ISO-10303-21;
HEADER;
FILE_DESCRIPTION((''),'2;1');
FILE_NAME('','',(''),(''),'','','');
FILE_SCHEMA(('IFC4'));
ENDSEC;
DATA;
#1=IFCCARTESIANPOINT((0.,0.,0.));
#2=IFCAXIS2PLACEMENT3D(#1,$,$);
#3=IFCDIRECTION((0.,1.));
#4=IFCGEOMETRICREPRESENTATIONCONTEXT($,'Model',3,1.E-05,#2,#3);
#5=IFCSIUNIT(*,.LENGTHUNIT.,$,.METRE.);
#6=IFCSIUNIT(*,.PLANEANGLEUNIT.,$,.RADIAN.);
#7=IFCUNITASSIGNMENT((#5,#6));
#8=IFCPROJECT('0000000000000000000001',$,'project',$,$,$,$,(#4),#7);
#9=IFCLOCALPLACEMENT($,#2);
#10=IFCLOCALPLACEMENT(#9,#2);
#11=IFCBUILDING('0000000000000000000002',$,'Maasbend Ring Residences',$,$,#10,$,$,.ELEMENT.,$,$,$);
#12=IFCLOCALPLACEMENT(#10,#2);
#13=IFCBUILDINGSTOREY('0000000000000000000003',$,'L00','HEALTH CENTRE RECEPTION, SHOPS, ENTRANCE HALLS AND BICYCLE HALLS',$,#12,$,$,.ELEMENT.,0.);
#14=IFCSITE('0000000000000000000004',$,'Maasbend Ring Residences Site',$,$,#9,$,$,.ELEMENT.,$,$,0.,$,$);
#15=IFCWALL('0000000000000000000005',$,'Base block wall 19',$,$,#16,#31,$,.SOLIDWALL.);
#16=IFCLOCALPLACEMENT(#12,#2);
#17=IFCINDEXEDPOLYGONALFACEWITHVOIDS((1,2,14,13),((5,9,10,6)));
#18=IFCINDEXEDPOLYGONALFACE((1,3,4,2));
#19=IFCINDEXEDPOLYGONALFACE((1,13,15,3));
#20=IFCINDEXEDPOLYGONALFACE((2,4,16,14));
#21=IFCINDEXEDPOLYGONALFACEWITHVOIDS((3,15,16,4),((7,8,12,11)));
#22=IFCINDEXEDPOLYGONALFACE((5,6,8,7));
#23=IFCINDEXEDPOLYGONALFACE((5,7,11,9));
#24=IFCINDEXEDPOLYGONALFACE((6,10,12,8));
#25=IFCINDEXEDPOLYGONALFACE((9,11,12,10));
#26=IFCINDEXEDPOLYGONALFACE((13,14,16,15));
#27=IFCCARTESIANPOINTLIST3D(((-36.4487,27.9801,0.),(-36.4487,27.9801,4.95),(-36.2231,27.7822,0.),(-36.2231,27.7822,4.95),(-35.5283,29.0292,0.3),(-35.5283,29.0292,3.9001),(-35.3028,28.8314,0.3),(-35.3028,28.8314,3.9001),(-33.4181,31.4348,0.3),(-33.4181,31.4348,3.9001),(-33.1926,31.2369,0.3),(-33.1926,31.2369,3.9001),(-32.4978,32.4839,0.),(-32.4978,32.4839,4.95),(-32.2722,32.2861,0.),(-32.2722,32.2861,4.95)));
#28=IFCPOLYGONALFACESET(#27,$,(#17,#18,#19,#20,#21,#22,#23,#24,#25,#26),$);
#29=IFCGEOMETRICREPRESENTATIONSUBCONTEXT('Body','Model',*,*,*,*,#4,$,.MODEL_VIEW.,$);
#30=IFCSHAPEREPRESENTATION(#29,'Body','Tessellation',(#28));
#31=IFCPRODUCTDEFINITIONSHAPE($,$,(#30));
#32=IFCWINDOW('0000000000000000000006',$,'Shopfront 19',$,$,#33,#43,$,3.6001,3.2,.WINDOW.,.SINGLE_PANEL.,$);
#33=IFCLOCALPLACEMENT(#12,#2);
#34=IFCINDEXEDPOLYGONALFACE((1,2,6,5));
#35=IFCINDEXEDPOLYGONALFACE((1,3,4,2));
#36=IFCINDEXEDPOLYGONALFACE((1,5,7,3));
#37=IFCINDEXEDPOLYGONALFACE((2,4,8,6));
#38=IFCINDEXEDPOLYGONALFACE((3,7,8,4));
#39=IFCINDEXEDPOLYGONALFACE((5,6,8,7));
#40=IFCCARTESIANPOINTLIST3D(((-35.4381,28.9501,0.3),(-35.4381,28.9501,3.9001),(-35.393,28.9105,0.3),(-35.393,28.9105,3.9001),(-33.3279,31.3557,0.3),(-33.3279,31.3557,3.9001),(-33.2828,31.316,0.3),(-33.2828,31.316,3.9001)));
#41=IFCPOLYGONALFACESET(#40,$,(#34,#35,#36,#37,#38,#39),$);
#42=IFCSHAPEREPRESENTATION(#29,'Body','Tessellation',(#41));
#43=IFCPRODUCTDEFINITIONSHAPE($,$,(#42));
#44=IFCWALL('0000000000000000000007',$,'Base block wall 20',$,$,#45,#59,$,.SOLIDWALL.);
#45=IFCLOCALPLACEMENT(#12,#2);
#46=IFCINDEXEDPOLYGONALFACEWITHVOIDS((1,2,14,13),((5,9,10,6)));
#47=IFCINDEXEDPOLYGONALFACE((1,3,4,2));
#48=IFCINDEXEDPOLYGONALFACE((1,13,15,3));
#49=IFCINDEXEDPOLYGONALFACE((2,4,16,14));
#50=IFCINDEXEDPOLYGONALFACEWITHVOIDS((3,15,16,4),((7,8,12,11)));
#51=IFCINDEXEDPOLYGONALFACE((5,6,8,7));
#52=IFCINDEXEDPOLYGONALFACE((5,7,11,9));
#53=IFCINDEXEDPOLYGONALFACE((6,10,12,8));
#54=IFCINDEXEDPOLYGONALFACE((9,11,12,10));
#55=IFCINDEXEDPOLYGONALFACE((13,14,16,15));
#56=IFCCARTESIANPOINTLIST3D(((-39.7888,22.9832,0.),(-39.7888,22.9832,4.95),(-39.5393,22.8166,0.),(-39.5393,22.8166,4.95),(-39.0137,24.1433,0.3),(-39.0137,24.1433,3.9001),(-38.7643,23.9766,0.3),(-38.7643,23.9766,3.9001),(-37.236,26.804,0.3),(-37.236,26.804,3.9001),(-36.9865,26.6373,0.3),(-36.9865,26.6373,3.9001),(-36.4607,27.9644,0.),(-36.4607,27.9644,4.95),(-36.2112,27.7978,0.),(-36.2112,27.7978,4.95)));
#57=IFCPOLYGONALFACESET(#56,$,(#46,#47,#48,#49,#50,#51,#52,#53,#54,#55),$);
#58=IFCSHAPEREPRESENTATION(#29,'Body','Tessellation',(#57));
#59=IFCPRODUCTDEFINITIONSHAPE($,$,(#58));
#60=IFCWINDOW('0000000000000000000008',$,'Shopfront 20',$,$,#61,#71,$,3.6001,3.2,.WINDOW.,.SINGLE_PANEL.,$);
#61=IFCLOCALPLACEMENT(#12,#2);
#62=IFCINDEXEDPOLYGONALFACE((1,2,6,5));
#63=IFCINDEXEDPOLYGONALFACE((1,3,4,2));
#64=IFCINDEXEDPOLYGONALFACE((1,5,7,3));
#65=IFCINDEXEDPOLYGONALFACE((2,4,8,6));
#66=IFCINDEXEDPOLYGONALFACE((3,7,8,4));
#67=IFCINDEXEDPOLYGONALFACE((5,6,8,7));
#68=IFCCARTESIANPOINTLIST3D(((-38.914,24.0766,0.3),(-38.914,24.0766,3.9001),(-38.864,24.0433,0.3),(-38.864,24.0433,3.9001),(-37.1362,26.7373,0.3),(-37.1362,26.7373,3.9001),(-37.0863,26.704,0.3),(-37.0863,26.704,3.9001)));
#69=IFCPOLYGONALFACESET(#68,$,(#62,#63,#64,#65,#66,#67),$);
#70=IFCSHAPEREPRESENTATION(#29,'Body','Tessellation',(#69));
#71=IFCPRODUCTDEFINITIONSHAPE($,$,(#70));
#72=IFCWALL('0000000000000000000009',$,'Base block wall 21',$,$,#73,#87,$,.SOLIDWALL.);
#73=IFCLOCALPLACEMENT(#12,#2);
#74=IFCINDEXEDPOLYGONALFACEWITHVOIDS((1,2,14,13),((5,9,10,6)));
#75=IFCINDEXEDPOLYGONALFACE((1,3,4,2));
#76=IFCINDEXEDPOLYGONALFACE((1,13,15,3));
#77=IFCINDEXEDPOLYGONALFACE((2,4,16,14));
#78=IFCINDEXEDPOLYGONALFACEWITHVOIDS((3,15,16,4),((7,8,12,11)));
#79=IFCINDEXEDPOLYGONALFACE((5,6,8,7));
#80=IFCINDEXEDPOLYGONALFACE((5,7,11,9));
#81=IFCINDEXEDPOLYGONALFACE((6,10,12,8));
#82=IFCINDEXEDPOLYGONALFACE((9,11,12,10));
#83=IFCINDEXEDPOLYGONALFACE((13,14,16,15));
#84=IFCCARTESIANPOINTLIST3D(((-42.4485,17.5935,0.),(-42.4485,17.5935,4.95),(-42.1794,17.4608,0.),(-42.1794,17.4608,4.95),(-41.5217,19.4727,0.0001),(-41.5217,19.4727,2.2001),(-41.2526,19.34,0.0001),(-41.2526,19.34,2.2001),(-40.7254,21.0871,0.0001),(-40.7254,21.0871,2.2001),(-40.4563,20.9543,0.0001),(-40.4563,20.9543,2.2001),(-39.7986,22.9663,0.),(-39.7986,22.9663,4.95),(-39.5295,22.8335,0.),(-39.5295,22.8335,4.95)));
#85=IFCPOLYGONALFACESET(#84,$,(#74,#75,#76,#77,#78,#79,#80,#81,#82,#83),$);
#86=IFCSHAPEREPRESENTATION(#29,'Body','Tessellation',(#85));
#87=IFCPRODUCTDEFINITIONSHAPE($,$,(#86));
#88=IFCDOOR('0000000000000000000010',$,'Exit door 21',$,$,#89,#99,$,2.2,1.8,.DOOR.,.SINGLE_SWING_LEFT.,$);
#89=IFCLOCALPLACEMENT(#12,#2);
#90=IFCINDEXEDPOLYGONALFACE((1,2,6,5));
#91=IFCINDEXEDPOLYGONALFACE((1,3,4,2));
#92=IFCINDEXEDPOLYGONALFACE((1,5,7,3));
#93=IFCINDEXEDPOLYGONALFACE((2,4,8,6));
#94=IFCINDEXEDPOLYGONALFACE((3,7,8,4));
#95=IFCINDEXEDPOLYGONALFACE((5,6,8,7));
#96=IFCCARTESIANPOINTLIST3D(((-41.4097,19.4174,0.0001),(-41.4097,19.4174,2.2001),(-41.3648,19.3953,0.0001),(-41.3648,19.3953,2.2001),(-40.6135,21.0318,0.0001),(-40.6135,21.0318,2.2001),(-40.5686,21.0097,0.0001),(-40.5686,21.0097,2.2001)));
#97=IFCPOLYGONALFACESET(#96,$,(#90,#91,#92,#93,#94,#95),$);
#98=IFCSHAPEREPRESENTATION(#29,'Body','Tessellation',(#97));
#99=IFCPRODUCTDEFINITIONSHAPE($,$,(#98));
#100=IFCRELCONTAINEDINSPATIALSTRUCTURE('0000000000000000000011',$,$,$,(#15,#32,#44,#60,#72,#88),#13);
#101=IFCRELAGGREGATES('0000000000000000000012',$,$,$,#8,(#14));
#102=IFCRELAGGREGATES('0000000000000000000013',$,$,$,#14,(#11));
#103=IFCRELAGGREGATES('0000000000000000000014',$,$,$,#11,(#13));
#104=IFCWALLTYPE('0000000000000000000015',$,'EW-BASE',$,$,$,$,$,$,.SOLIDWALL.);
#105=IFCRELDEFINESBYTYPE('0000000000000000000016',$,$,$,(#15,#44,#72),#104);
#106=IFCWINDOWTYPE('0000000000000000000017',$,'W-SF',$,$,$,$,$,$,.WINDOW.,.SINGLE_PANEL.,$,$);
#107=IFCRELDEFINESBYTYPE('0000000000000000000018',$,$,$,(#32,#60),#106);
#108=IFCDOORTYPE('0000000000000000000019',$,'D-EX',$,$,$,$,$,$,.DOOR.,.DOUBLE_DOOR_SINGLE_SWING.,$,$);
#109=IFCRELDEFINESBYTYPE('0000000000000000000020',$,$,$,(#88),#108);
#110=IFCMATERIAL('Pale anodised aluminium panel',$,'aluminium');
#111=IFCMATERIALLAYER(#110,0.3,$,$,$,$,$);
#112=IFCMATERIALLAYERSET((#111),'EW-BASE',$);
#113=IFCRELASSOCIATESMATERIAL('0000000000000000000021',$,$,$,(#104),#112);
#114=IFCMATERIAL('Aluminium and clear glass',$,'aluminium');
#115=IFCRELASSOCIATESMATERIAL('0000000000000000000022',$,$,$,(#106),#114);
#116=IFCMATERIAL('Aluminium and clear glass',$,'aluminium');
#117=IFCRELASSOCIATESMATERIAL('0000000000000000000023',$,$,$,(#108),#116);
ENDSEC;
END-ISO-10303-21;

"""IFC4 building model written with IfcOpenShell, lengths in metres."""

from ifc_helpers import new_model, si_unit, direction, frame, frame_2d, origin, place, context, subcontext, project, spatial, rectangle, extrude, material, layer, layer_set, type_object, element, fill, save


model = new_model("IFC4")

# Units and contexts
model_context = context("Model", 3, precision=1e-05, world=origin(), true_north=direction((0.0, 1.0)))
body_context = subcontext(model_context, "Body", "Model", "MODEL_VIEW")
ifc_project = project(units=[si_unit("LENGTHUNIT", "METRE"), si_unit("PLANEANGLEUNIT", "RADIAN")], contexts=[model_context])

# Site, building, storey
site_placement = place(None, origin())
site = spatial("IfcSite", under=ifc_project, at=site_placement, Name="Maasbend Ring Residences Site", CompositionType="ELEMENT", RefElevation=0.0)
building_placement = place(site_placement, origin())
building = spatial("IfcBuilding", under=site, at=building_placement, Name="Maasbend Ring Residences", CompositionType="ELEMENT")
storey_placement = place(building_placement, origin())
storey = spatial("IfcBuildingStorey", under=building, at=storey_placement, Name="L00", Description="HEALTH CENTRE RECEPTION, SHOPS, ENTRANCE HALLS AND BICYCLE HALLS", CompositionType="ELEMENT", Elevation=0.0)

# Walls, openings, windows
ifc_material_1 = material(Name="Pale anodised aluminium panel", Category="aluminium")
ifc_layer_1 = layer(ifc_material_1, 0.3)
ifc_layer_set_1 = layer_set([ifc_layer_1], Name="EW-BASE")
wall_type_1 = type_object("IfcWallType", Name="EW-BASE", PredefinedType="SOLIDWALL", material=ifc_layer_set_1)
ifc_material_2 = material(Name="Aluminium and clear glass", Category="aluminium")
window_type = type_object("IfcWindowType", Name="W-SF", PartitioningType="SINGLE_PANEL", PredefinedType="WINDOW", material=ifc_material_2)
wall_1_placement = place(storey_placement, frame((-32.385, 32.385, 0.0), z_axis=(0.0, 0.0, 1.0), x_axis=(-0.65945, -0.751748, 0.0)))
wall_1 = element("IfcWall", 1, at=wall_1_placement, inside=storey, type_object=wall_type_1, Name="Base block wall 19", PredefinedType="SOLIDWALL", context=body_context, shape_type="SweptSolid", body=[
    extrude(rectangle(XDim=5.9912, YDim=0.3, at=frame_2d((2.9956, 0.0))), origin(), (0.0, 0.0, 1.0), 4.95),
])
opening_1_placement = place(wall_1_placement, frame((1.3955, 0.0, 0.3)))
opening_1 = element("IfcOpeningElement", 2, at=opening_1_placement, cuts=wall_1, PredefinedType="OPENING", context=body_context, shape_type="SweptSolid", body=[
    extrude(rectangle(XDim=3.2, YDim=3.6001, at=frame_2d((1.6001, 1.8))), frame((0.0, 0.1602, 0.0), z_axis=(0.0, -1.0, 0.0), x_axis=(1.0, 0.0, 0.0)), (0.0, 0.0, 1.0), 0.3201),
])
window_1_placement = place(opening_1_placement, origin())
window_1 = element("IfcWindow", 3, at=window_1_placement, inside=storey, type_object=window_type, Name="Shopfront 19", OverallHeight=3.6001, OverallWidth=3.2, PartitioningType="SINGLE_PANEL", PredefinedType="WINDOW", context=body_context, shape_type="SweptSolid", body=[
    extrude(rectangle(XDim=3.2, YDim=3.6001, at=frame_2d((1.6001, 1.8))), frame((0.0, 0.03, 0.0), z_axis=(0.0, -1.0, 0.0), x_axis=(1.0, 0.0, 0.0)), (0.0, 0.0, 1.0), 0.0601),
])
fill(opening_1, window_1)
wall_2_placement = place(storey_placement, frame((-36.3359, 27.8811, 0.0), z_axis=(0.0, 0.0, 1.0), x_axis=(-0.555546, -0.831486, 0.0)))
wall_2 = element("IfcWall", 4, at=wall_2_placement, inside=storey, type_object=wall_type_1, Name="Base block wall 20", PredefinedType="SOLIDWALL", context=body_context, shape_type="SweptSolid", body=[
    extrude(rectangle(XDim=5.9907, YDim=0.3, at=frame_2d((2.9954, 0.0))), origin(), (0.0, 0.0, 1.0), 4.95),
])
opening_2_placement = place(wall_2_placement, frame((1.3955, 0.0, 0.3)))
opening_2 = element("IfcOpeningElement", 5, at=opening_2_placement, cuts=wall_2, PredefinedType="OPENING", context=body_context, shape_type="SweptSolid", body=[
    extrude(rectangle(XDim=3.2, YDim=3.6001, at=frame_2d((1.6001, 1.8))), frame((0.0, 0.1602, 0.0), z_axis=(0.0, -1.0, 0.0), x_axis=(1.0, 0.0, 0.0)), (0.0, 0.0, 1.0), 0.3201),
])
window_2_placement = place(opening_2_placement, origin())
window_2 = element("IfcWindow", 6, at=window_2_placement, inside=storey, type_object=window_type, Name="Shopfront 20", OverallHeight=3.6001, OverallWidth=3.2, PartitioningType="SINGLE_PANEL", PredefinedType="WINDOW", context=body_context, shape_type="SweptSolid", body=[
    extrude(rectangle(XDim=3.2, YDim=3.6001, at=frame_2d((1.6001, 1.8))), frame((0.0, 0.03, 0.0), z_axis=(0.0, -1.0, 0.0), x_axis=(1.0, 0.0, 0.0)), (0.0, 0.0, 1.0), 0.0601),
])
fill(opening_2, window_2)

# Wall, opening, door
wall_3_placement = place(storey_placement, frame((-39.6641, 22.8999, 0.0), z_axis=(0.0, 0.0, 1.0), x_axis=(-0.442333, -0.896851, 0.0)))
wall_3 = element("IfcWall", 7, at=wall_3_placement, inside=storey, type_object=wall_type_1, Name="Base block wall 21", PredefinedType="SOLIDWALL", context=body_context, shape_type="SweptSolid", body=[
    extrude(rectangle(XDim=5.9907, YDim=0.3, at=frame_2d((2.9954, 0.0))), origin(), (0.0, 0.0, 1.0), 4.95),
])
opening_3_placement = place(wall_3_placement, frame((2.0955, 0.0, 0.0)))
opening_3 = element("IfcOpeningElement", 8, at=opening_3_placement, cuts=wall_3, PredefinedType="OPENING", context=body_context, shape_type="SweptSolid", body=[
    extrude(rectangle(XDim=1.8, YDim=2.2, at=frame_2d((0.8999, 1.1001))), frame((0.0, 0.1602, 0.0), z_axis=(0.0, -1.0, 0.0), x_axis=(1.0, 0.0, 0.0)), (0.0, 0.0, 1.0), 0.3201),
])
ifc_material_3 = material(Name="Aluminium and clear glass", Category="aluminium")
door_type_1 = type_object("IfcDoorType", Name="D-EX", OperationType="DOUBLE_DOOR_SINGLE_SWING", PredefinedType="DOOR", material=ifc_material_3)
door_1_placement = place(opening_3_placement, origin())
door_1 = element("IfcDoor", 9, at=door_1_placement, inside=storey, type_object=door_type_1, Name="Exit door 21", OperationType="SINGLE_SWING_LEFT", OverallHeight=2.2, OverallWidth=1.8, PredefinedType="DOOR", context=body_context, shape_type="SweptSolid", body=[
    extrude(rectangle(XDim=1.8, YDim=2.2, at=frame_2d((0.8999, 1.1001))), frame((0.0, 0.0249, 0.0), z_axis=(0.0, -1.0, 0.0), x_axis=(1.0, 0.0, 0.0)), (0.0, 0.0, 1.0), 0.05),
])
fill(opening_3, door_1)

save(model, "model.ifc")
